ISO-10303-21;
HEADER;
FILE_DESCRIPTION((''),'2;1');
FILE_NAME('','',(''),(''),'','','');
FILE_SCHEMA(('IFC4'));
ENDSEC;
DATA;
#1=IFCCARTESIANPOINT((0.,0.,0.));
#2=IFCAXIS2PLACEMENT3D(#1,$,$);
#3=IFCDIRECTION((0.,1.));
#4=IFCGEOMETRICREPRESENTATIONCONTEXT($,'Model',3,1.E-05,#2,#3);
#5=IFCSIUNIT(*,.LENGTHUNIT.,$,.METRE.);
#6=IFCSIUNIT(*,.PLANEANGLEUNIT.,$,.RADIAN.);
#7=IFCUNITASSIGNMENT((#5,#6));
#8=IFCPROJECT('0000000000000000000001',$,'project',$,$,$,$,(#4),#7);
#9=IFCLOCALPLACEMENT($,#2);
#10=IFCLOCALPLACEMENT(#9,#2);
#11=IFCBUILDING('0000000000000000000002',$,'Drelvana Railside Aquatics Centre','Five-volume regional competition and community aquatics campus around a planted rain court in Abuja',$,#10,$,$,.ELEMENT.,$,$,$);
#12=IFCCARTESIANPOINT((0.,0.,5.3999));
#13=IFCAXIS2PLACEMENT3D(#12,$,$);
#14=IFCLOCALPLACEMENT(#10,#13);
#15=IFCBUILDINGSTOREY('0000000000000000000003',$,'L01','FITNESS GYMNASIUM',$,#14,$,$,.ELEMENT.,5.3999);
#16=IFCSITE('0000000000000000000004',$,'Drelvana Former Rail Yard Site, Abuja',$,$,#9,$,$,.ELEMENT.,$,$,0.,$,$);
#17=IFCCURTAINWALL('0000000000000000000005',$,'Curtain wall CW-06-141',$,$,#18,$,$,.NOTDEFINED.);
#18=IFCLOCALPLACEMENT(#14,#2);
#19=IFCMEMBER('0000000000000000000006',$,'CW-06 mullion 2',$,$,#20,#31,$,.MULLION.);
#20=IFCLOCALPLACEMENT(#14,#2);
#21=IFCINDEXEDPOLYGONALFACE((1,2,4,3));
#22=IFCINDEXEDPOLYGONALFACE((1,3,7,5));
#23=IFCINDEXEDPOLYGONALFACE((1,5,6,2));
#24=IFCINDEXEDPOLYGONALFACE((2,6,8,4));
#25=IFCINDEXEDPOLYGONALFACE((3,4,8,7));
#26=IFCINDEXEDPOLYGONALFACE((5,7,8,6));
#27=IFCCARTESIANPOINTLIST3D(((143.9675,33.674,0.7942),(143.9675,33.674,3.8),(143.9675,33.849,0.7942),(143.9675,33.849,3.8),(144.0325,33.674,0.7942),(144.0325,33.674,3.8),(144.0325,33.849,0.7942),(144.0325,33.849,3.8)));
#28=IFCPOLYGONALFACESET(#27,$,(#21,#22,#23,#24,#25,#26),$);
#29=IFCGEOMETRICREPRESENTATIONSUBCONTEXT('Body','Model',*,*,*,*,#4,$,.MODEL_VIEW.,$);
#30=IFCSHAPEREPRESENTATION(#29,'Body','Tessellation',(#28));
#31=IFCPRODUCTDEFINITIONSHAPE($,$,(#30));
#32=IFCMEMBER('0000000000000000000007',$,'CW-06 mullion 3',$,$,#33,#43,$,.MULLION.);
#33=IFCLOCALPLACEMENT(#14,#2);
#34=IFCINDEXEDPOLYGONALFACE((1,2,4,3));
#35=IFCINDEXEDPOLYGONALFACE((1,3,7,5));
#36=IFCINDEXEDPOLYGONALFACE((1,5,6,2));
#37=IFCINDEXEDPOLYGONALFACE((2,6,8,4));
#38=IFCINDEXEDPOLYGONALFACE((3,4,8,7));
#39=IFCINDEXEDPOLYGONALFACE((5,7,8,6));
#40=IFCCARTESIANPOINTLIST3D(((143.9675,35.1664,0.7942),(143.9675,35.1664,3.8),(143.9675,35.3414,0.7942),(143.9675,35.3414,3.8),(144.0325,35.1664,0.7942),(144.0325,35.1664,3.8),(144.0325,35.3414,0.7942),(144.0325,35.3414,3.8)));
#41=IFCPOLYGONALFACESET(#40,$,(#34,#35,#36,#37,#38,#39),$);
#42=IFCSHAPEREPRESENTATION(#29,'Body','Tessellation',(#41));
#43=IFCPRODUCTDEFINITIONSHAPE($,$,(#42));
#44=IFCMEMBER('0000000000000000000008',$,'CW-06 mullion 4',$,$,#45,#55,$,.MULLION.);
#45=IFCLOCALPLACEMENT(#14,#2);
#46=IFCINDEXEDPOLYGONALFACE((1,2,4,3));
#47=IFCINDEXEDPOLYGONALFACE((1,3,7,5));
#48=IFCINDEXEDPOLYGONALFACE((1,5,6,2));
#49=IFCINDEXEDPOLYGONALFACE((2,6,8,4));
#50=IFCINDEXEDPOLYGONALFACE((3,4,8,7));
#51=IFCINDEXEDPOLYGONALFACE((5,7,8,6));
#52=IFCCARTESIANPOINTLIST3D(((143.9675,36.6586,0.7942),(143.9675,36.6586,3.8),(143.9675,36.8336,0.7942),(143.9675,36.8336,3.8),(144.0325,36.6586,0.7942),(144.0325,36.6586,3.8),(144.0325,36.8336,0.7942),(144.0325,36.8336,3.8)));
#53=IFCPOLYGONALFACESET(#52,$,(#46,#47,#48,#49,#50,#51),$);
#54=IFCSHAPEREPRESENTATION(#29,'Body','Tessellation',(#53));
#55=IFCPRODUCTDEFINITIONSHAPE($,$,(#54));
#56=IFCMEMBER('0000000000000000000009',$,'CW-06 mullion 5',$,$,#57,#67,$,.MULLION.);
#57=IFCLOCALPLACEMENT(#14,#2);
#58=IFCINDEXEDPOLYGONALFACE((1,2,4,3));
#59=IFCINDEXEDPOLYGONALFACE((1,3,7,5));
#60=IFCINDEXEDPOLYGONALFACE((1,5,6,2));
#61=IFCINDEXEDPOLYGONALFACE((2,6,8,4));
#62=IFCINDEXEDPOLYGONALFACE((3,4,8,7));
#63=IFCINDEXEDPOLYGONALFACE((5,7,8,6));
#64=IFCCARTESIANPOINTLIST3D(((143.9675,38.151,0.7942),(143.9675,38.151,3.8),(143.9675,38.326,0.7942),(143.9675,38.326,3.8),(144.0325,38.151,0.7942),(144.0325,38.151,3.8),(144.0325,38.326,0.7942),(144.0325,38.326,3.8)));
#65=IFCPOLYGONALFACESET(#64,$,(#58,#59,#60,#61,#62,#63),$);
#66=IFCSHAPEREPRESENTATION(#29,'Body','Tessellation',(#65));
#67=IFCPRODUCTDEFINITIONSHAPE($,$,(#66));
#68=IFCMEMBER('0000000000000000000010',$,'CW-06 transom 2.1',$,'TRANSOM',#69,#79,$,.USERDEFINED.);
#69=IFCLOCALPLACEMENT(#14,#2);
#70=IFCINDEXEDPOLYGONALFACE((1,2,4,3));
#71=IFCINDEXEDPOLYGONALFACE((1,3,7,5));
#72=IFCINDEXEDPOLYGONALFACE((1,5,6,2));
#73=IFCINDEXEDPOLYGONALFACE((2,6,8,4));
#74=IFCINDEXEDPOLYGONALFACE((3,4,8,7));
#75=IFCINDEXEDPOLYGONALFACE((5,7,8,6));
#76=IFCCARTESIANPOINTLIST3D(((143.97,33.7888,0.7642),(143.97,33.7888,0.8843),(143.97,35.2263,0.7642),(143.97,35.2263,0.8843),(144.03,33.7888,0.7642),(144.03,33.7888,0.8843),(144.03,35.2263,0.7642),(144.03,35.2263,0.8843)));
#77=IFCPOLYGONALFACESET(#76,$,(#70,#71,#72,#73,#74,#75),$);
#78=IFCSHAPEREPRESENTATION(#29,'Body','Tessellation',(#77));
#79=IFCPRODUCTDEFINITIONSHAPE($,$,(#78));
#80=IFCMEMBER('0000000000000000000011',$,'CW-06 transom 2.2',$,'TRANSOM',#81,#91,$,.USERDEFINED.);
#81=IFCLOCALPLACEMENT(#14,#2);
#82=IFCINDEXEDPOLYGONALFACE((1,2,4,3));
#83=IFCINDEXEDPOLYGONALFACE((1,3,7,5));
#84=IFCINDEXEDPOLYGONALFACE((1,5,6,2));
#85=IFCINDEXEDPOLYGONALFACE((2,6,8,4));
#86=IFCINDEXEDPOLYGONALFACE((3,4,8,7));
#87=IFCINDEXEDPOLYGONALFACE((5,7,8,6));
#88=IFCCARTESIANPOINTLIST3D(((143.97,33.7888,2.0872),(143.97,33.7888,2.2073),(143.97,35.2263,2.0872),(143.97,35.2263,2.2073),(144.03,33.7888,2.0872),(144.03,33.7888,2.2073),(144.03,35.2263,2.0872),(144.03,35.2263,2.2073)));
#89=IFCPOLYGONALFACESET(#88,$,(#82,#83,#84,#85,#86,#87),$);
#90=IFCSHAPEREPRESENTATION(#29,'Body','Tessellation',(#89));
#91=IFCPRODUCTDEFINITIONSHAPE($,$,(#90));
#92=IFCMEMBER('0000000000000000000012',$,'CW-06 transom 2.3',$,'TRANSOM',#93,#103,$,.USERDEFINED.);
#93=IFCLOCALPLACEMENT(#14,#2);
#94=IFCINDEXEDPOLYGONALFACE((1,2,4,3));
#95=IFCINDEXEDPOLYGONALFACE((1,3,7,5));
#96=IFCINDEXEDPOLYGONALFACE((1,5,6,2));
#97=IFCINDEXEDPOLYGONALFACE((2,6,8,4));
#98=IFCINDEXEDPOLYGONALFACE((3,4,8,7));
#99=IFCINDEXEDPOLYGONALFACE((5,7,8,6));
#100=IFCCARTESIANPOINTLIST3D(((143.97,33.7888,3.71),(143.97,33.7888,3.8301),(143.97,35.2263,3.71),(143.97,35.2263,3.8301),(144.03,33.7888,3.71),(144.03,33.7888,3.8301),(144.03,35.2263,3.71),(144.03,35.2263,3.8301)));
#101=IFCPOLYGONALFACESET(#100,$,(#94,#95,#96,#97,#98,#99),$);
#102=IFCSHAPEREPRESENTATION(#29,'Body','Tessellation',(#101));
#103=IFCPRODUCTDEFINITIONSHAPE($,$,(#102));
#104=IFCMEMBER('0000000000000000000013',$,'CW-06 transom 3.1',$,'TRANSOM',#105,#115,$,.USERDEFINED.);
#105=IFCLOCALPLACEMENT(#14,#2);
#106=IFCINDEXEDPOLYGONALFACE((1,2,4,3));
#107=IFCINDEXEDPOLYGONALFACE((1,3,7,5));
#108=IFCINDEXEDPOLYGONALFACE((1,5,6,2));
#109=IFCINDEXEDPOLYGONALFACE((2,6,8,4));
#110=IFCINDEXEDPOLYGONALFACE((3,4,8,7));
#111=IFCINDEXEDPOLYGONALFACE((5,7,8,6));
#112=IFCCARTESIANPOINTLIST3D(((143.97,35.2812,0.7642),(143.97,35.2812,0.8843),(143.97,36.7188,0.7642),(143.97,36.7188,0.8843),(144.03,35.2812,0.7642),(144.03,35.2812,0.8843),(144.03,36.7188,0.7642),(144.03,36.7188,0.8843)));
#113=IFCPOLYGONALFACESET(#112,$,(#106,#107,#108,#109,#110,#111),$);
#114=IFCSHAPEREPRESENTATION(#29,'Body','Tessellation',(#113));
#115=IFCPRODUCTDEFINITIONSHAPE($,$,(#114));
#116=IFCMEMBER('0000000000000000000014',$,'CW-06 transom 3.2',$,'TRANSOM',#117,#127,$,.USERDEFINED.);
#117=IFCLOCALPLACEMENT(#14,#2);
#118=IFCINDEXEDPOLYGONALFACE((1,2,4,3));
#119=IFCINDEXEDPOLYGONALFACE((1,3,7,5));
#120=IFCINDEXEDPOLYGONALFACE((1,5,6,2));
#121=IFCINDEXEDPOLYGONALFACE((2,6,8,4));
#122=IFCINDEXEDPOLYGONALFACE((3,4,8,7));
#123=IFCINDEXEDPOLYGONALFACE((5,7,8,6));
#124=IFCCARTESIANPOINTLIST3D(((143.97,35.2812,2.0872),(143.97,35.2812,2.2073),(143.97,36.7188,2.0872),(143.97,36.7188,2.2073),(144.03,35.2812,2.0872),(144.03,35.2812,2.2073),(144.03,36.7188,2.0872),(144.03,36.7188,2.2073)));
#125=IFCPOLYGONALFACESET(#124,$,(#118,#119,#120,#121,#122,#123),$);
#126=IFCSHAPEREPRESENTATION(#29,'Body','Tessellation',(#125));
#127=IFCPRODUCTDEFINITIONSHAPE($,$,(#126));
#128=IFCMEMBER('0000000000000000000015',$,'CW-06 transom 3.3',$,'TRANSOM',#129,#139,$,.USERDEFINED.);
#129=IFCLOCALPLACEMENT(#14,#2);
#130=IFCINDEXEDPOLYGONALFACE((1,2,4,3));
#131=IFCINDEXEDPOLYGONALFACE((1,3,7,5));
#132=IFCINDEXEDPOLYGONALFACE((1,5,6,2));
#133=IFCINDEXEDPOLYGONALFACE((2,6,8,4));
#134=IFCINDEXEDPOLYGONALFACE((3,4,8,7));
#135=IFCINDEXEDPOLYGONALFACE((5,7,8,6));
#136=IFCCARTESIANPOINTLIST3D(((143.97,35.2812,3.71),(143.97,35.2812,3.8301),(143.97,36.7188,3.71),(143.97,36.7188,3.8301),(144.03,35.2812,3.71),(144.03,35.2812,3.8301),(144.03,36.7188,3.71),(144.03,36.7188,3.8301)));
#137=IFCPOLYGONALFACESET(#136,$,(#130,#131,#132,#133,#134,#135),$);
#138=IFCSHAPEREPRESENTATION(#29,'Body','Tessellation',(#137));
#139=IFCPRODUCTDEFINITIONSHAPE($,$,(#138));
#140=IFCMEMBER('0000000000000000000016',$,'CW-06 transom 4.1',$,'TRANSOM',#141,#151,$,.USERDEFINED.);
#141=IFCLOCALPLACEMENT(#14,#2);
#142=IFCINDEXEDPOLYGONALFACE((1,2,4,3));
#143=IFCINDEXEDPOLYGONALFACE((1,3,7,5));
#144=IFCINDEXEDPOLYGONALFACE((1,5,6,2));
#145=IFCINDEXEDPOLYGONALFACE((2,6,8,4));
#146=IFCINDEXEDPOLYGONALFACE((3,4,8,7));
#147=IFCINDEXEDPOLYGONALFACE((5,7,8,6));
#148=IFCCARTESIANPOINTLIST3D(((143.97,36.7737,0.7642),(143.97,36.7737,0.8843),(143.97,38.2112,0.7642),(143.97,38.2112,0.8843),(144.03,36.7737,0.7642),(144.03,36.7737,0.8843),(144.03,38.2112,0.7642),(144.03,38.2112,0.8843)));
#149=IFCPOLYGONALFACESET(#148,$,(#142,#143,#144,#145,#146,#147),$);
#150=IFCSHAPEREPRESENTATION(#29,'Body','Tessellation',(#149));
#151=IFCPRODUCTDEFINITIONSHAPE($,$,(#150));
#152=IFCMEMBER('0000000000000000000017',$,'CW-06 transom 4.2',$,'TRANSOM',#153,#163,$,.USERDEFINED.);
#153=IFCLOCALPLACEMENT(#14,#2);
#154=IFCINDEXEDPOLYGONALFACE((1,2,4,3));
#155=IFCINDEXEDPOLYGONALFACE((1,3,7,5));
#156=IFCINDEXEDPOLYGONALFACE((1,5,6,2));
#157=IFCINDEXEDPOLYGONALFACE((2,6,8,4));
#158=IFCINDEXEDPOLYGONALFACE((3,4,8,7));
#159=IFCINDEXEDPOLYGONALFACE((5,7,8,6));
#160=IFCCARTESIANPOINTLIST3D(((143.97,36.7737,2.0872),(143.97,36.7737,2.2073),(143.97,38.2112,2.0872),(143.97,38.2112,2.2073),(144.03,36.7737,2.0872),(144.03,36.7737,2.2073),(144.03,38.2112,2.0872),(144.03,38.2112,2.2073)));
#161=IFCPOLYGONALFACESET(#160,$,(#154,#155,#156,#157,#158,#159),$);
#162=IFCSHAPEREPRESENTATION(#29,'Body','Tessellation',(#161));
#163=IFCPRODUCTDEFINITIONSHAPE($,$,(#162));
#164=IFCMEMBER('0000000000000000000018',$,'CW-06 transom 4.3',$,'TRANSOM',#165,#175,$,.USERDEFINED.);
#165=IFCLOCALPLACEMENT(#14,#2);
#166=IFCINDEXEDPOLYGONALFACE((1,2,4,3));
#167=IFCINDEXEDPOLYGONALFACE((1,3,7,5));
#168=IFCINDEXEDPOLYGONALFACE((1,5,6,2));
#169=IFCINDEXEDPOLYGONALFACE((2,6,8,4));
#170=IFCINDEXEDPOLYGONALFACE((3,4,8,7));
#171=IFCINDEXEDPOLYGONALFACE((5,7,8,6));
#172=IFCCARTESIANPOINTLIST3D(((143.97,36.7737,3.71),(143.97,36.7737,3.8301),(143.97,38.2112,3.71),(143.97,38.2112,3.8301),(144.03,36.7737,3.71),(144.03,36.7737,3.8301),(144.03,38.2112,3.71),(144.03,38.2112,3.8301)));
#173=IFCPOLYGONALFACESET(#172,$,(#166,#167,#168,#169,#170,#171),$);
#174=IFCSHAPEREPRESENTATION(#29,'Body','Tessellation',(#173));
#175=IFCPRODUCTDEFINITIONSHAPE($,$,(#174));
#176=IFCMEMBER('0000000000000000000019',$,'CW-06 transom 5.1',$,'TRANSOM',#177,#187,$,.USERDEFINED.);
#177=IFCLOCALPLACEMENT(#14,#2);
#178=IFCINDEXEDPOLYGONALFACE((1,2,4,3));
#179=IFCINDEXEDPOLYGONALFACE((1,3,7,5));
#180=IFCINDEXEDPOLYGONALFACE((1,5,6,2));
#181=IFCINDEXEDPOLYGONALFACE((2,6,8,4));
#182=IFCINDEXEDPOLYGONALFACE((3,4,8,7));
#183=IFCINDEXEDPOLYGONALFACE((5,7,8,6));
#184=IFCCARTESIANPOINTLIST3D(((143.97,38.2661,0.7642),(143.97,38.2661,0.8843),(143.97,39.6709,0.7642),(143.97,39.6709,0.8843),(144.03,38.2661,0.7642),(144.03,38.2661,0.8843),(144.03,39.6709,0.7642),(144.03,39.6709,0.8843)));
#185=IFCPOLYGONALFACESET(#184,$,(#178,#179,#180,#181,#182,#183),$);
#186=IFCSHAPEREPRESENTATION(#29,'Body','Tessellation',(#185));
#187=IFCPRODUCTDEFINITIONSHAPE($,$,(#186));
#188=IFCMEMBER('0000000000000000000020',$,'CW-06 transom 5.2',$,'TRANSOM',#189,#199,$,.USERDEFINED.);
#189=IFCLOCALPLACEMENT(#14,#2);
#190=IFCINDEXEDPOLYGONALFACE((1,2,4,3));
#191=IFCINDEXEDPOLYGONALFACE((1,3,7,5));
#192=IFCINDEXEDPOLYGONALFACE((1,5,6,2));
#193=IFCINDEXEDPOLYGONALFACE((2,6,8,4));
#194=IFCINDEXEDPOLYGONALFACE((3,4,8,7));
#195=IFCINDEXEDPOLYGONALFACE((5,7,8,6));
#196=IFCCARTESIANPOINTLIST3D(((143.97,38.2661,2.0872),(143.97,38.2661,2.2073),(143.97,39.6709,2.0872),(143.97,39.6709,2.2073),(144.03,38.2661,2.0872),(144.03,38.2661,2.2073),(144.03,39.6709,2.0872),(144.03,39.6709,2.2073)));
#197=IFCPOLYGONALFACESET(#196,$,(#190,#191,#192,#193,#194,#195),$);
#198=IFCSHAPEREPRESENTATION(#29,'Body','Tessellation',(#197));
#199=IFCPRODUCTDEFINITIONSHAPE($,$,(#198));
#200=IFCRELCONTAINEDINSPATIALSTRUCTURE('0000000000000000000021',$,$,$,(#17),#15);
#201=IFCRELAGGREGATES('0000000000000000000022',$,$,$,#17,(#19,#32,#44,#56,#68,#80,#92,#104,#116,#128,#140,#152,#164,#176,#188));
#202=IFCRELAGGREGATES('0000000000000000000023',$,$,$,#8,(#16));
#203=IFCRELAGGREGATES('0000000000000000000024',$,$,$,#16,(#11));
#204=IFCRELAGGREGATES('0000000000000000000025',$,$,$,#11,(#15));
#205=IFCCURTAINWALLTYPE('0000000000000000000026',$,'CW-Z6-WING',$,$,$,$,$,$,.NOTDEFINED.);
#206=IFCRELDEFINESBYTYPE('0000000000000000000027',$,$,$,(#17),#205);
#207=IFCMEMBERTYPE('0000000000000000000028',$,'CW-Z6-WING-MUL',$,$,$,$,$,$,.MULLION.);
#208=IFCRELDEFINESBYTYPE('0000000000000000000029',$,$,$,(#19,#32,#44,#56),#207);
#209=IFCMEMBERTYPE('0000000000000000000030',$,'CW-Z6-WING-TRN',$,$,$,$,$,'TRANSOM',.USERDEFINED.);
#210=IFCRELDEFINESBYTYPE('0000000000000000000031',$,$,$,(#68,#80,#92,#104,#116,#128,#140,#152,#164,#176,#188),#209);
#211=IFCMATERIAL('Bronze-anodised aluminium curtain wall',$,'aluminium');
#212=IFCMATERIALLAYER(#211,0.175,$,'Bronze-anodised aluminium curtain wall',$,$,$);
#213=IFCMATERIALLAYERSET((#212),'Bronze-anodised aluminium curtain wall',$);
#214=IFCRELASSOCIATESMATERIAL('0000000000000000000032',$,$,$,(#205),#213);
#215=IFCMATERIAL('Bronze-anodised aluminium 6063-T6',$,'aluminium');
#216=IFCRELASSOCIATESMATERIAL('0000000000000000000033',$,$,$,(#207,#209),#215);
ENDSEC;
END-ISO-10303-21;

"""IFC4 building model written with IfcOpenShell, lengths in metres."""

from ifc_helpers import new_model, si_unit, direction, frame, origin, origin_2d, place, context, subcontext, project, spatial, rectangle, extrude, material, layer, layer_set, material_profile, profile_set, type_object, element, aggregate, save


model = new_model("IFC4")

# Units and contexts
model_context = context("Model", 3, precision=1e-05, world=origin(), true_north=direction((0.0, 1.0)))
body_context = subcontext(model_context, "Body", "Model", "MODEL_VIEW")
ifc_project = project(units=[si_unit("LENGTHUNIT", "METRE"), si_unit("PLANEANGLEUNIT", "RADIAN")], contexts=[model_context])

# Site, building, storey
site_placement = place(None, origin())
site = spatial("IfcSite", under=ifc_project, at=site_placement, Name="Drelvana Former Rail Yard Site, Abuja", CompositionType="ELEMENT", RefElevation=0.0)
building_placement = place(site_placement, origin())
building = spatial("IfcBuilding", under=site, at=building_placement, Name="Drelvana Railside Aquatics Centre", Description="Five-volume regional competition and community aquatics campus around a planted rain court in Abuja", CompositionType="ELEMENT")
storey_placement = place(building_placement, frame((0.0, 0.0, 5.3999)))
storey = spatial("IfcBuildingStorey", under=building, at=storey_placement, Name="L01", Description="FITNESS GYMNASIUM", CompositionType="ELEMENT", Elevation=5.3999)

# Curtain wall, members
ifc_material_1 = material(Name="Bronze-anodised aluminium curtain wall", Category="aluminium")
ifc_layer_1 = layer(ifc_material_1, 0.175, Name="Bronze-anodised aluminium curtain wall")
ifc_layer_set_1 = layer_set([ifc_layer_1], Name="Bronze-anodised aluminium curtain wall")
curtain_wall_type = type_object("IfcCurtainWallType", Name="CW-Z6-WING", PredefinedType="NOTDEFINED", material=ifc_layer_set_1)
curtain_wall_placement = place(storey_placement, origin())
curtain_wall = element("IfcCurtainWall", 1, at=curtain_wall_placement, inside=storey, type_object=curtain_wall_type, Name="Curtain wall CW-06-141", PredefinedType="NOTDEFINED")
ifc_material_2 = material(Name="Bronze-anodised aluminium 6063-T6", Category="aluminium")
ifc_material_profile_1 = material_profile(ifc_material_2, rectangle(XDim=0.0649, YDim=0.175, at=origin_2d()), Name="ALU-M 65x175")
ifc_profile_set_1 = profile_set([ifc_material_profile_1], Name="Bronze-anodised aluminium 6063-T6")
member_type_1 = type_object("IfcMemberType", Name="CW-Z6-WING-MUL", PredefinedType="MULLION", material=ifc_profile_set_1)
member_1_placement = place(storey_placement, frame((144.0, 33.7615, 0.7942), z_axis=(0.0, 0.0, 1.0), x_axis=(-1.0, 0.0, 0.0)))
member_1 = element("IfcMember", 2, at=member_1_placement, type_object=member_type_1, Name="CW-06 mullion 2", PredefinedType="MULLION", context=body_context, shape_type="SweptSolid", body=[
    extrude(rectangle(XDim=0.0649, YDim=0.175, at=origin_2d()), origin(), (0.0, 0.0, 1.0), 3.0059),
])
member_2_placement = place(storey_placement, frame((144.0, 35.2539, 0.7942), z_axis=(0.0, 0.0, 1.0), x_axis=(-1.0, 0.0, 0.0)))
member_2 = element("IfcMember", 3, at=member_2_placement, type_object=member_type_1, Name="CW-06 mullion 3", PredefinedType="MULLION", context=body_context, shape_type="SweptSolid", body=[
    extrude(rectangle(XDim=0.0649, YDim=0.175, at=origin_2d()), origin(), (0.0, 0.0, 1.0), 3.0059),
])
member_3_placement = place(storey_placement, frame((144.0, 36.7461, 0.7942), z_axis=(0.0, 0.0, 1.0), x_axis=(-1.0, 0.0, 0.0)))
member_3 = element("IfcMember", 4, at=member_3_placement, type_object=member_type_1, Name="CW-06 mullion 4", PredefinedType="MULLION", context=body_context, shape_type="SweptSolid", body=[
    extrude(rectangle(XDim=0.0649, YDim=0.175, at=origin_2d()), origin(), (0.0, 0.0, 1.0), 3.0059),
])
member_4_placement = place(storey_placement, frame((144.0, 38.2385, 0.7942), z_axis=(0.0, 0.0, 1.0), x_axis=(-1.0, 0.0, 0.0)))
member_4 = element("IfcMember", 5, at=member_4_placement, type_object=member_type_1, Name="CW-06 mullion 5", PredefinedType="MULLION", context=body_context, shape_type="SweptSolid", body=[
    extrude(rectangle(XDim=0.0649, YDim=0.175, at=origin_2d()), origin(), (0.0, 0.0, 1.0), 3.0059),
])
ifc_material_profile_2 = material_profile(ifc_material_2, rectangle(XDim=0.1201, YDim=0.0601, at=origin_2d()), Name="ALU-T 60x120")
ifc_profile_set_2 = profile_set([ifc_material_profile_2], Name="Bronze-anodised aluminium 6063-T6")
member_type_2 = type_object("IfcMemberType", Name="CW-Z6-WING-TRN", ElementType="TRANSOM", PredefinedType="USERDEFINED", material=ifc_profile_set_2)
member_5_placement = place(storey_placement, frame((144.0, 33.7888, 0.8242), z_axis=(0.0, 1.0, 0.0), x_axis=(0.0, 0.0, 1.0)))
member_5 = element("IfcMember", 6, at=member_5_placement, type_object=member_type_2, Name="CW-06 transom 2.1", ObjectType="TRANSOM", PredefinedType="USERDEFINED", context=body_context, shape_type="SweptSolid", body=[
    extrude(rectangle(XDim=0.1201, YDim=0.0601, at=origin_2d()), origin(), (0.0, 0.0, 1.0), 1.4375),
])
member_6_placement = place(storey_placement, frame((144.0, 33.7888, 2.1472), z_axis=(0.0, 1.0, 0.0), x_axis=(0.0, 0.0, 1.0)))
member_6 = element("IfcMember", 7, at=member_6_placement, type_object=member_type_2, Name="CW-06 transom 2.2", ObjectType="TRANSOM", PredefinedType="USERDEFINED", context=body_context, shape_type="SweptSolid", body=[
    extrude(rectangle(XDim=0.1201, YDim=0.0601, at=origin_2d()), origin(), (0.0, 0.0, 1.0), 1.4375),
])
member_7_placement = place(storey_placement, frame((144.0, 33.7888, 3.77), z_axis=(0.0, 1.0, 0.0), x_axis=(0.0, 0.0, 1.0)))
member_7 = element("IfcMember", 8, at=member_7_placement, type_object=member_type_2, Name="CW-06 transom 2.3", ObjectType="TRANSOM", PredefinedType="USERDEFINED", context=body_context, shape_type="SweptSolid", body=[
    extrude(rectangle(XDim=0.1201, YDim=0.0601, at=origin_2d()), origin(), (0.0, 0.0, 1.0), 1.4375),
])
member_8_placement = place(storey_placement, frame((144.0, 35.2812, 0.8242), z_axis=(0.0, 1.0, 0.0), x_axis=(0.0, 0.0, 1.0)))
member_8 = element("IfcMember", 9, at=member_8_placement, type_object=member_type_2, Name="CW-06 transom 3.1", ObjectType="TRANSOM", PredefinedType="USERDEFINED", context=body_context, shape_type="SweptSolid", body=[
    extrude(rectangle(XDim=0.1201, YDim=0.0601, at=origin_2d()), origin(), (0.0, 0.0, 1.0), 1.4375),
])
member_9_placement = place(storey_placement, frame((144.0, 35.2812, 2.1472), z_axis=(0.0, 1.0, 0.0), x_axis=(0.0, 0.0, 1.0)))
member_9 = element("IfcMember", 10, at=member_9_placement, type_object=member_type_2, Name="CW-06 transom 3.2", ObjectType="TRANSOM", PredefinedType="USERDEFINED", context=body_context, shape_type="SweptSolid", body=[
    extrude(rectangle(XDim=0.1201, YDim=0.0601, at=origin_2d()), origin(), (0.0, 0.0, 1.0), 1.4375),
])
member_10_placement = place(storey_placement, frame((144.0, 35.2812, 3.77), z_axis=(0.0, 1.0, 0.0), x_axis=(0.0, 0.0, 1.0)))
member_10 = element("IfcMember", 11, at=member_10_placement, type_object=member_type_2, Name="CW-06 transom 3.3", ObjectType="TRANSOM", PredefinedType="USERDEFINED", context=body_context, shape_type="SweptSolid", body=[
    extrude(rectangle(XDim=0.1201, YDim=0.0601, at=origin_2d()), origin(), (0.0, 0.0, 1.0), 1.4375),
])
member_11_placement = place(storey_placement, frame((144.0, 36.7737, 0.8242), z_axis=(0.0, 1.0, 0.0), x_axis=(0.0, 0.0, 1.0)))
member_11 = element("IfcMember", 12, at=member_11_placement, type_object=member_type_2, Name="CW-06 transom 4.1", ObjectType="TRANSOM", PredefinedType="USERDEFINED", context=body_context, shape_type="SweptSolid", body=[
    extrude(rectangle(XDim=0.1201, YDim=0.0601, at=origin_2d()), origin(), (0.0, 0.0, 1.0), 1.4375),
])
member_12_placement = place(storey_placement, frame((144.0, 36.7737, 2.1472), z_axis=(0.0, 1.0, 0.0), x_axis=(0.0, 0.0, 1.0)))
member_12 = element("IfcMember", 13, at=member_12_placement, type_object=member_type_2, Name="CW-06 transom 4.2", ObjectType="TRANSOM", PredefinedType="USERDEFINED", context=body_context, shape_type="SweptSolid", body=[
    extrude(rectangle(XDim=0.1201, YDim=0.0601, at=origin_2d()), origin(), (0.0, 0.0, 1.0), 1.4375),
])
member_13_placement = place(storey_placement, frame((144.0, 36.7737, 3.77), z_axis=(0.0, 1.0, 0.0), x_axis=(0.0, 0.0, 1.0)))
member_13 = element("IfcMember", 14, at=member_13_placement, type_object=member_type_2, Name="CW-06 transom 4.3", ObjectType="TRANSOM", PredefinedType="USERDEFINED", context=body_context, shape_type="SweptSolid", body=[
    extrude(rectangle(XDim=0.1201, YDim=0.0601, at=origin_2d()), origin(), (0.0, 0.0, 1.0), 1.4375),
])
member_14_placement = place(storey_placement, frame((144.0, 38.2661, 0.8242), z_axis=(0.0, 1.0, 0.0), x_axis=(0.0, 0.0, 1.0)))
member_14 = element("IfcMember", 15, at=member_14_placement, type_object=member_type_2, Name="CW-06 transom 5.1", ObjectType="TRANSOM", PredefinedType="USERDEFINED", context=body_context, shape_type="SweptSolid", body=[
    extrude(rectangle(XDim=0.1201, YDim=0.0601, at=origin_2d()), origin(), (0.0, 0.0, 1.0), 1.4048),
])
member_15_placement = place(storey_placement, frame((144.0, 38.2661, 2.1472), z_axis=(0.0, 1.0, 0.0), x_axis=(0.0, 0.0, 1.0)))
member_15 = element("IfcMember", 16, at=member_15_placement, type_object=member_type_2, Name="CW-06 transom 5.2", ObjectType="TRANSOM", PredefinedType="USERDEFINED", context=body_context, shape_type="SweptSolid", body=[
    extrude(rectangle(XDim=0.1201, YDim=0.0601, at=origin_2d()), origin(), (0.0, 0.0, 1.0), 1.4048),
])
aggregate(curtain_wall, [member_1, member_2, member_3, member_4, member_5, member_6, member_7, member_8, member_9, member_10, member_11, member_12, member_13, member_14, member_15])

save(model, "model.ifc")
